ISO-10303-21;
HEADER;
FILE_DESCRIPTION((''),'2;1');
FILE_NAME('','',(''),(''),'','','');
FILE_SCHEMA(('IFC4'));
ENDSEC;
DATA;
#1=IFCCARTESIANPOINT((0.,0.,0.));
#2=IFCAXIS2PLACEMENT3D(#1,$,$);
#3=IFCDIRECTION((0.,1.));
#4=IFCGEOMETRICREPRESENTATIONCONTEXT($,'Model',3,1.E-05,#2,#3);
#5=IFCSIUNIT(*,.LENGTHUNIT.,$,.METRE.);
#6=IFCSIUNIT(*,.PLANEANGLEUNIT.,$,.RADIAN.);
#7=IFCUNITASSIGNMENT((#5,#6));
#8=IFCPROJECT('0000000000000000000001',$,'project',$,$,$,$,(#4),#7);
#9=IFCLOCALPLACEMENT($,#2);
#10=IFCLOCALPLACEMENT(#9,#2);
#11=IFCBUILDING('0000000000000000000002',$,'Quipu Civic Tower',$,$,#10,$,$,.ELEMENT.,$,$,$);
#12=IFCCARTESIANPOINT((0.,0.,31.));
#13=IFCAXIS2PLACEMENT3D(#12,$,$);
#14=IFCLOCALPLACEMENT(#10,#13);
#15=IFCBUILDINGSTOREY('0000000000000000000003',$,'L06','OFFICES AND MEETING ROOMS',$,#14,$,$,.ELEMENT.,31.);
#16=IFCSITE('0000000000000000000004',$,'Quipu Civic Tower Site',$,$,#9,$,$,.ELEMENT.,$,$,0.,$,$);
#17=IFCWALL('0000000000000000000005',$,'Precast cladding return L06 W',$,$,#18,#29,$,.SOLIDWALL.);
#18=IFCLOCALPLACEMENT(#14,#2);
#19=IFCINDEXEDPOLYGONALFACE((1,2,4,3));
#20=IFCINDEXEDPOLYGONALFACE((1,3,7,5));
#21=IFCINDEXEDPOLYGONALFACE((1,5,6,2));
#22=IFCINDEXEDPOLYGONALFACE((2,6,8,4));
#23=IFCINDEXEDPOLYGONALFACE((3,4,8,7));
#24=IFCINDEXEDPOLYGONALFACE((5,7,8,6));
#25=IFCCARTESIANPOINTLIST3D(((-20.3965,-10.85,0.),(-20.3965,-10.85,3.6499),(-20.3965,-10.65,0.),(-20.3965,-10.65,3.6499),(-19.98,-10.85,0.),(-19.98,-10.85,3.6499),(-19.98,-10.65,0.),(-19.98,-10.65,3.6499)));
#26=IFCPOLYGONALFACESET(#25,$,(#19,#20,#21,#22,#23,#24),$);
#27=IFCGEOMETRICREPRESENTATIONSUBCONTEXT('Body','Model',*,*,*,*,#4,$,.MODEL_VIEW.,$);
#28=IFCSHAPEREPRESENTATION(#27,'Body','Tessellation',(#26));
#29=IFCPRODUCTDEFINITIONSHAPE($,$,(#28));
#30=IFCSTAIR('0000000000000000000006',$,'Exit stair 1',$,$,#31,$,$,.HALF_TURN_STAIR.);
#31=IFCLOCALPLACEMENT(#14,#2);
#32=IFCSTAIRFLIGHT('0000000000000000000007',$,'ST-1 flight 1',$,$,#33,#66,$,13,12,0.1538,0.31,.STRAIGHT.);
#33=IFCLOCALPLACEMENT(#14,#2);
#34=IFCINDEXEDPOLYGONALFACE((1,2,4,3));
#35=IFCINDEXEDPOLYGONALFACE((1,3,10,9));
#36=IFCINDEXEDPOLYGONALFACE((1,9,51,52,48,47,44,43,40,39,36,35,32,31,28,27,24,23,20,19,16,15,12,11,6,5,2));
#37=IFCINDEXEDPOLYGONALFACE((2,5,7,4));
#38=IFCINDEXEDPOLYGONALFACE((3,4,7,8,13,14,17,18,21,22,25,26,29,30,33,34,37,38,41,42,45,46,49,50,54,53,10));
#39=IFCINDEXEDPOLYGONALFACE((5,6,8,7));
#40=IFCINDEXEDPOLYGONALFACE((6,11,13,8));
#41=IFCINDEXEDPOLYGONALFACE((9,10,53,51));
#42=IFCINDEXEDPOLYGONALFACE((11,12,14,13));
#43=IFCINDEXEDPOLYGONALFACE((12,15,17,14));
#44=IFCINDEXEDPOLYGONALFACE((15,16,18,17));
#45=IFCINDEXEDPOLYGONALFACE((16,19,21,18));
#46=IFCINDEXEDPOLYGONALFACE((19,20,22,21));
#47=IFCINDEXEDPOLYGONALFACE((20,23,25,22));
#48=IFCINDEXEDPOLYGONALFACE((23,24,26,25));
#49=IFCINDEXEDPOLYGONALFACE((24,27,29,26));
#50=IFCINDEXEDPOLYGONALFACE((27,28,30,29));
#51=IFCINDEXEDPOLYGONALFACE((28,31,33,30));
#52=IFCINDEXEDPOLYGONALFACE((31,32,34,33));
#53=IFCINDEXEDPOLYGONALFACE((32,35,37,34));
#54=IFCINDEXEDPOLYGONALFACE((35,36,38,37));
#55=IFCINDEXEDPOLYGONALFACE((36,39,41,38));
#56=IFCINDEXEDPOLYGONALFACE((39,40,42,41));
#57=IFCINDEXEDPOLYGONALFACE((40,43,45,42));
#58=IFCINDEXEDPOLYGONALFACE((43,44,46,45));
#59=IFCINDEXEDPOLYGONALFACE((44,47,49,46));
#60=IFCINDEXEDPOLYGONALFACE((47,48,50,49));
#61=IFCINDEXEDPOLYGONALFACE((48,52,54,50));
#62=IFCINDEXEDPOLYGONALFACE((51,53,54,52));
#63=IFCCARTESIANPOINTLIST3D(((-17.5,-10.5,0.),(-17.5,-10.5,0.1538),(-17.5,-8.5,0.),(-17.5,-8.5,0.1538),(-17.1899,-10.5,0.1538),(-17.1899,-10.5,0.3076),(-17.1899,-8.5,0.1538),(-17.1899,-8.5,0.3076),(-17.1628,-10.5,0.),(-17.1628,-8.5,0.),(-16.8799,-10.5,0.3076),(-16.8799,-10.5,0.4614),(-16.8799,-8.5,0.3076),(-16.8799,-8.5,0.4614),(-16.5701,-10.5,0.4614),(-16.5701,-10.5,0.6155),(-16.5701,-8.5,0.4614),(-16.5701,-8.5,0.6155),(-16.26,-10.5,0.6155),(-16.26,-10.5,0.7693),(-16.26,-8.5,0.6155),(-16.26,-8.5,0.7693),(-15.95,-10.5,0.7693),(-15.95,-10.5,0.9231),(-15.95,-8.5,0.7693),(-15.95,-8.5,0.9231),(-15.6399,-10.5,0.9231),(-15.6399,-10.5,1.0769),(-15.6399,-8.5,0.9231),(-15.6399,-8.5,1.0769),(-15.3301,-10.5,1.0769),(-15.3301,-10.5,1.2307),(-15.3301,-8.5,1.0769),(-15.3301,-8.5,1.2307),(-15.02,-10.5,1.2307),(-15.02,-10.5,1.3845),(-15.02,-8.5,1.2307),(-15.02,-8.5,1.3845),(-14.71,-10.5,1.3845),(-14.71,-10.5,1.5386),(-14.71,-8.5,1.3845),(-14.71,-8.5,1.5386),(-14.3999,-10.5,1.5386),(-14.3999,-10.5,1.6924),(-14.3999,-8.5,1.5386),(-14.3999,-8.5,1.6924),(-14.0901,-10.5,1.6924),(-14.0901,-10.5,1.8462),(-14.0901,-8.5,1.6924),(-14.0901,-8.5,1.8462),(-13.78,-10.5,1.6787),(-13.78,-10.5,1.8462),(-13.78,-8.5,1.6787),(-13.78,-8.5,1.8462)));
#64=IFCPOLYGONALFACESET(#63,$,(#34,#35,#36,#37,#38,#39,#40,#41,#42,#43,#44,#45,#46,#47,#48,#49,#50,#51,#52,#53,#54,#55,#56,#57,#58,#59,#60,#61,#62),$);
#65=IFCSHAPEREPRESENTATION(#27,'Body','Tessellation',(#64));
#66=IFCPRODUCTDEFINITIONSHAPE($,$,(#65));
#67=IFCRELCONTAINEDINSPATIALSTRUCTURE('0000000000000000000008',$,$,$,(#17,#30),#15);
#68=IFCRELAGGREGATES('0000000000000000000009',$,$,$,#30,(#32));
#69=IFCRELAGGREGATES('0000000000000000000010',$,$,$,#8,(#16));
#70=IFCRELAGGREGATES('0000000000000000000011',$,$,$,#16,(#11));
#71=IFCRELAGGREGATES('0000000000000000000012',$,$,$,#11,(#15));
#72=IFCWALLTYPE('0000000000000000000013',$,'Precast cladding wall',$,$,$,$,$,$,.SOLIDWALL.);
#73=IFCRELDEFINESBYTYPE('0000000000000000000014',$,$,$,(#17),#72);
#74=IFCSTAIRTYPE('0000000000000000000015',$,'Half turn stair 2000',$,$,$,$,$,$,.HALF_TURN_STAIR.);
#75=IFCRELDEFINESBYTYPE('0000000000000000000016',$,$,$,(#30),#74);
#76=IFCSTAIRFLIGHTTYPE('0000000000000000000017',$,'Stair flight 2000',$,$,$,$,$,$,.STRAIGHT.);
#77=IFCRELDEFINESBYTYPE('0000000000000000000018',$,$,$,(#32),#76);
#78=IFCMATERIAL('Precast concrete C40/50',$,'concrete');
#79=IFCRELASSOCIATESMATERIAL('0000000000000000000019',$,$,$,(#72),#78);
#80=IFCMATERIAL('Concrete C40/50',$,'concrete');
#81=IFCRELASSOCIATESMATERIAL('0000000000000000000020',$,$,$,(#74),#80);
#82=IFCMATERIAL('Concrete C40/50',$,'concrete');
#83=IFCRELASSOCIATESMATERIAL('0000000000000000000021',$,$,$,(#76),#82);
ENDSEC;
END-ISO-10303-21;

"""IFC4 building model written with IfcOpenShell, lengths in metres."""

from ifc_helpers import new_model, si_unit, direction, frame, frame_2d, origin, place, context, subcontext, project, spatial, polyline, rectangle, outline, extrude, material, type_object, element, aggregate, save


model = new_model("IFC4")

# Units and contexts
model_context = context("Model", 3, precision=1e-05, world=origin(), true_north=direction((0.0, 1.0)))
body_context = subcontext(model_context, "Body", "Model", "MODEL_VIEW")
ifc_project = project(units=[si_unit("LENGTHUNIT", "METRE"), si_unit("PLANEANGLEUNIT", "RADIAN")], contexts=[model_context])

# Site, building, storey
site_placement = place(None, origin())
site = spatial("IfcSite", under=ifc_project, at=site_placement, Name="Quipu Civic Tower Site", CompositionType="ELEMENT", RefElevation=0.0)
building_placement = place(site_placement, origin())
building = spatial("IfcBuilding", under=site, at=building_placement, Name="Quipu Civic Tower", CompositionType="ELEMENT")
storey_placement = place(building_placement, frame((0.0, 0.0, 31.0)))
storey = spatial("IfcBuildingStorey", under=building, at=storey_placement, Name="L06", Description="OFFICES AND MEETING ROOMS", CompositionType="ELEMENT", Elevation=31.0)

# Wall
ifc_material_1 = material(Name="Precast concrete C40/50", Category="concrete")
wall_type_1 = type_object("IfcWallType", Name="Precast cladding wall", PredefinedType="SOLIDWALL", material=ifc_material_1)
wall_1_placement = place(storey_placement, frame((-19.98, -10.75, 0.0), z_axis=(0.0, 0.0, 1.0), x_axis=(-1.0, 0.0, 0.0)))
element("IfcWall", 1, at=wall_1_placement, inside=storey, type_object=wall_type_1, Name="Precast cladding return L06 W", PredefinedType="SOLIDWALL", context=body_context, shape_type="SweptSolid", body=[
    extrude(rectangle(XDim=0.4165, YDim=0.2, at=frame_2d((0.2083, 0.0))), origin(), (0.0, 0.0, 1.0), 3.6499),
])

# Stair, stair flight
ifc_material_2 = material(Name="Concrete C40/50", Category="concrete")
stair_type = type_object("IfcStairType", Name="Half turn stair 2000", PredefinedType="HALF_TURN_STAIR", material=ifc_material_2)
stair_placement = place(storey_placement, origin())
stair = element("IfcStair", 2, at=stair_placement, inside=storey, type_object=stair_type, Name="Exit stair 1", PredefinedType="HALF_TURN_STAIR")
ifc_material_3 = material(Name="Concrete C40/50", Category="concrete")
stair_flight_type = type_object("IfcStairFlightType", Name="Stair flight 2000", PredefinedType="STRAIGHT", material=ifc_material_3)
stair_flight_placement = place(storey_placement, frame((-17.5, -9.5, 0.0), z_axis=(0.0, 0.0, 1.0), x_axis=(1.0, 0.0, 0.0)))
stair_flight = element("IfcStairFlight", 3, at=stair_flight_placement, type_object=stair_flight_type, Name="ST-1 flight 1", NumberOfRisers=13, NumberOfTreads=12, PredefinedType="STRAIGHT", RiserHeight=0.1538, TreadLength=0.31, context=body_context, shape_type="SweptSolid", body=[
    extrude(outline(polyline([(0.0, 0.0), (0.0, 0.1538), (0.3101, 0.1538), (0.3101, 0.3076), (0.6201, 0.3076), (0.6201, 0.4614), (0.9299, 0.4614), (0.9299, 0.6155), (1.24, 0.6155), (1.24, 0.7693), (1.55, 0.7693), (1.55, 0.9231), (1.8601, 0.9231), (1.8601, 1.0769), (2.1699, 1.0769), (2.1699, 1.2307), (2.48, 1.2307), (2.48, 1.3845), (2.79, 1.3845), (2.79, 1.5386), (3.1001, 1.5386), (3.1001, 1.6924), (3.4099, 1.6924), (3.4099, 1.8462), (3.72, 1.8462), (3.72, 2.0), (3.72, 1.6787), (0.3372, 0.0), (0.0, 0.0)])), frame((0.0, 1.0, 0.0), z_axis=(0.0, -1.0, 0.0), x_axis=(1.0, 0.0, 0.0)), (0.0, 0.0, 1.0), 2.0),
])
aggregate(stair, [stair_flight])

save(model, "model.ifc")
